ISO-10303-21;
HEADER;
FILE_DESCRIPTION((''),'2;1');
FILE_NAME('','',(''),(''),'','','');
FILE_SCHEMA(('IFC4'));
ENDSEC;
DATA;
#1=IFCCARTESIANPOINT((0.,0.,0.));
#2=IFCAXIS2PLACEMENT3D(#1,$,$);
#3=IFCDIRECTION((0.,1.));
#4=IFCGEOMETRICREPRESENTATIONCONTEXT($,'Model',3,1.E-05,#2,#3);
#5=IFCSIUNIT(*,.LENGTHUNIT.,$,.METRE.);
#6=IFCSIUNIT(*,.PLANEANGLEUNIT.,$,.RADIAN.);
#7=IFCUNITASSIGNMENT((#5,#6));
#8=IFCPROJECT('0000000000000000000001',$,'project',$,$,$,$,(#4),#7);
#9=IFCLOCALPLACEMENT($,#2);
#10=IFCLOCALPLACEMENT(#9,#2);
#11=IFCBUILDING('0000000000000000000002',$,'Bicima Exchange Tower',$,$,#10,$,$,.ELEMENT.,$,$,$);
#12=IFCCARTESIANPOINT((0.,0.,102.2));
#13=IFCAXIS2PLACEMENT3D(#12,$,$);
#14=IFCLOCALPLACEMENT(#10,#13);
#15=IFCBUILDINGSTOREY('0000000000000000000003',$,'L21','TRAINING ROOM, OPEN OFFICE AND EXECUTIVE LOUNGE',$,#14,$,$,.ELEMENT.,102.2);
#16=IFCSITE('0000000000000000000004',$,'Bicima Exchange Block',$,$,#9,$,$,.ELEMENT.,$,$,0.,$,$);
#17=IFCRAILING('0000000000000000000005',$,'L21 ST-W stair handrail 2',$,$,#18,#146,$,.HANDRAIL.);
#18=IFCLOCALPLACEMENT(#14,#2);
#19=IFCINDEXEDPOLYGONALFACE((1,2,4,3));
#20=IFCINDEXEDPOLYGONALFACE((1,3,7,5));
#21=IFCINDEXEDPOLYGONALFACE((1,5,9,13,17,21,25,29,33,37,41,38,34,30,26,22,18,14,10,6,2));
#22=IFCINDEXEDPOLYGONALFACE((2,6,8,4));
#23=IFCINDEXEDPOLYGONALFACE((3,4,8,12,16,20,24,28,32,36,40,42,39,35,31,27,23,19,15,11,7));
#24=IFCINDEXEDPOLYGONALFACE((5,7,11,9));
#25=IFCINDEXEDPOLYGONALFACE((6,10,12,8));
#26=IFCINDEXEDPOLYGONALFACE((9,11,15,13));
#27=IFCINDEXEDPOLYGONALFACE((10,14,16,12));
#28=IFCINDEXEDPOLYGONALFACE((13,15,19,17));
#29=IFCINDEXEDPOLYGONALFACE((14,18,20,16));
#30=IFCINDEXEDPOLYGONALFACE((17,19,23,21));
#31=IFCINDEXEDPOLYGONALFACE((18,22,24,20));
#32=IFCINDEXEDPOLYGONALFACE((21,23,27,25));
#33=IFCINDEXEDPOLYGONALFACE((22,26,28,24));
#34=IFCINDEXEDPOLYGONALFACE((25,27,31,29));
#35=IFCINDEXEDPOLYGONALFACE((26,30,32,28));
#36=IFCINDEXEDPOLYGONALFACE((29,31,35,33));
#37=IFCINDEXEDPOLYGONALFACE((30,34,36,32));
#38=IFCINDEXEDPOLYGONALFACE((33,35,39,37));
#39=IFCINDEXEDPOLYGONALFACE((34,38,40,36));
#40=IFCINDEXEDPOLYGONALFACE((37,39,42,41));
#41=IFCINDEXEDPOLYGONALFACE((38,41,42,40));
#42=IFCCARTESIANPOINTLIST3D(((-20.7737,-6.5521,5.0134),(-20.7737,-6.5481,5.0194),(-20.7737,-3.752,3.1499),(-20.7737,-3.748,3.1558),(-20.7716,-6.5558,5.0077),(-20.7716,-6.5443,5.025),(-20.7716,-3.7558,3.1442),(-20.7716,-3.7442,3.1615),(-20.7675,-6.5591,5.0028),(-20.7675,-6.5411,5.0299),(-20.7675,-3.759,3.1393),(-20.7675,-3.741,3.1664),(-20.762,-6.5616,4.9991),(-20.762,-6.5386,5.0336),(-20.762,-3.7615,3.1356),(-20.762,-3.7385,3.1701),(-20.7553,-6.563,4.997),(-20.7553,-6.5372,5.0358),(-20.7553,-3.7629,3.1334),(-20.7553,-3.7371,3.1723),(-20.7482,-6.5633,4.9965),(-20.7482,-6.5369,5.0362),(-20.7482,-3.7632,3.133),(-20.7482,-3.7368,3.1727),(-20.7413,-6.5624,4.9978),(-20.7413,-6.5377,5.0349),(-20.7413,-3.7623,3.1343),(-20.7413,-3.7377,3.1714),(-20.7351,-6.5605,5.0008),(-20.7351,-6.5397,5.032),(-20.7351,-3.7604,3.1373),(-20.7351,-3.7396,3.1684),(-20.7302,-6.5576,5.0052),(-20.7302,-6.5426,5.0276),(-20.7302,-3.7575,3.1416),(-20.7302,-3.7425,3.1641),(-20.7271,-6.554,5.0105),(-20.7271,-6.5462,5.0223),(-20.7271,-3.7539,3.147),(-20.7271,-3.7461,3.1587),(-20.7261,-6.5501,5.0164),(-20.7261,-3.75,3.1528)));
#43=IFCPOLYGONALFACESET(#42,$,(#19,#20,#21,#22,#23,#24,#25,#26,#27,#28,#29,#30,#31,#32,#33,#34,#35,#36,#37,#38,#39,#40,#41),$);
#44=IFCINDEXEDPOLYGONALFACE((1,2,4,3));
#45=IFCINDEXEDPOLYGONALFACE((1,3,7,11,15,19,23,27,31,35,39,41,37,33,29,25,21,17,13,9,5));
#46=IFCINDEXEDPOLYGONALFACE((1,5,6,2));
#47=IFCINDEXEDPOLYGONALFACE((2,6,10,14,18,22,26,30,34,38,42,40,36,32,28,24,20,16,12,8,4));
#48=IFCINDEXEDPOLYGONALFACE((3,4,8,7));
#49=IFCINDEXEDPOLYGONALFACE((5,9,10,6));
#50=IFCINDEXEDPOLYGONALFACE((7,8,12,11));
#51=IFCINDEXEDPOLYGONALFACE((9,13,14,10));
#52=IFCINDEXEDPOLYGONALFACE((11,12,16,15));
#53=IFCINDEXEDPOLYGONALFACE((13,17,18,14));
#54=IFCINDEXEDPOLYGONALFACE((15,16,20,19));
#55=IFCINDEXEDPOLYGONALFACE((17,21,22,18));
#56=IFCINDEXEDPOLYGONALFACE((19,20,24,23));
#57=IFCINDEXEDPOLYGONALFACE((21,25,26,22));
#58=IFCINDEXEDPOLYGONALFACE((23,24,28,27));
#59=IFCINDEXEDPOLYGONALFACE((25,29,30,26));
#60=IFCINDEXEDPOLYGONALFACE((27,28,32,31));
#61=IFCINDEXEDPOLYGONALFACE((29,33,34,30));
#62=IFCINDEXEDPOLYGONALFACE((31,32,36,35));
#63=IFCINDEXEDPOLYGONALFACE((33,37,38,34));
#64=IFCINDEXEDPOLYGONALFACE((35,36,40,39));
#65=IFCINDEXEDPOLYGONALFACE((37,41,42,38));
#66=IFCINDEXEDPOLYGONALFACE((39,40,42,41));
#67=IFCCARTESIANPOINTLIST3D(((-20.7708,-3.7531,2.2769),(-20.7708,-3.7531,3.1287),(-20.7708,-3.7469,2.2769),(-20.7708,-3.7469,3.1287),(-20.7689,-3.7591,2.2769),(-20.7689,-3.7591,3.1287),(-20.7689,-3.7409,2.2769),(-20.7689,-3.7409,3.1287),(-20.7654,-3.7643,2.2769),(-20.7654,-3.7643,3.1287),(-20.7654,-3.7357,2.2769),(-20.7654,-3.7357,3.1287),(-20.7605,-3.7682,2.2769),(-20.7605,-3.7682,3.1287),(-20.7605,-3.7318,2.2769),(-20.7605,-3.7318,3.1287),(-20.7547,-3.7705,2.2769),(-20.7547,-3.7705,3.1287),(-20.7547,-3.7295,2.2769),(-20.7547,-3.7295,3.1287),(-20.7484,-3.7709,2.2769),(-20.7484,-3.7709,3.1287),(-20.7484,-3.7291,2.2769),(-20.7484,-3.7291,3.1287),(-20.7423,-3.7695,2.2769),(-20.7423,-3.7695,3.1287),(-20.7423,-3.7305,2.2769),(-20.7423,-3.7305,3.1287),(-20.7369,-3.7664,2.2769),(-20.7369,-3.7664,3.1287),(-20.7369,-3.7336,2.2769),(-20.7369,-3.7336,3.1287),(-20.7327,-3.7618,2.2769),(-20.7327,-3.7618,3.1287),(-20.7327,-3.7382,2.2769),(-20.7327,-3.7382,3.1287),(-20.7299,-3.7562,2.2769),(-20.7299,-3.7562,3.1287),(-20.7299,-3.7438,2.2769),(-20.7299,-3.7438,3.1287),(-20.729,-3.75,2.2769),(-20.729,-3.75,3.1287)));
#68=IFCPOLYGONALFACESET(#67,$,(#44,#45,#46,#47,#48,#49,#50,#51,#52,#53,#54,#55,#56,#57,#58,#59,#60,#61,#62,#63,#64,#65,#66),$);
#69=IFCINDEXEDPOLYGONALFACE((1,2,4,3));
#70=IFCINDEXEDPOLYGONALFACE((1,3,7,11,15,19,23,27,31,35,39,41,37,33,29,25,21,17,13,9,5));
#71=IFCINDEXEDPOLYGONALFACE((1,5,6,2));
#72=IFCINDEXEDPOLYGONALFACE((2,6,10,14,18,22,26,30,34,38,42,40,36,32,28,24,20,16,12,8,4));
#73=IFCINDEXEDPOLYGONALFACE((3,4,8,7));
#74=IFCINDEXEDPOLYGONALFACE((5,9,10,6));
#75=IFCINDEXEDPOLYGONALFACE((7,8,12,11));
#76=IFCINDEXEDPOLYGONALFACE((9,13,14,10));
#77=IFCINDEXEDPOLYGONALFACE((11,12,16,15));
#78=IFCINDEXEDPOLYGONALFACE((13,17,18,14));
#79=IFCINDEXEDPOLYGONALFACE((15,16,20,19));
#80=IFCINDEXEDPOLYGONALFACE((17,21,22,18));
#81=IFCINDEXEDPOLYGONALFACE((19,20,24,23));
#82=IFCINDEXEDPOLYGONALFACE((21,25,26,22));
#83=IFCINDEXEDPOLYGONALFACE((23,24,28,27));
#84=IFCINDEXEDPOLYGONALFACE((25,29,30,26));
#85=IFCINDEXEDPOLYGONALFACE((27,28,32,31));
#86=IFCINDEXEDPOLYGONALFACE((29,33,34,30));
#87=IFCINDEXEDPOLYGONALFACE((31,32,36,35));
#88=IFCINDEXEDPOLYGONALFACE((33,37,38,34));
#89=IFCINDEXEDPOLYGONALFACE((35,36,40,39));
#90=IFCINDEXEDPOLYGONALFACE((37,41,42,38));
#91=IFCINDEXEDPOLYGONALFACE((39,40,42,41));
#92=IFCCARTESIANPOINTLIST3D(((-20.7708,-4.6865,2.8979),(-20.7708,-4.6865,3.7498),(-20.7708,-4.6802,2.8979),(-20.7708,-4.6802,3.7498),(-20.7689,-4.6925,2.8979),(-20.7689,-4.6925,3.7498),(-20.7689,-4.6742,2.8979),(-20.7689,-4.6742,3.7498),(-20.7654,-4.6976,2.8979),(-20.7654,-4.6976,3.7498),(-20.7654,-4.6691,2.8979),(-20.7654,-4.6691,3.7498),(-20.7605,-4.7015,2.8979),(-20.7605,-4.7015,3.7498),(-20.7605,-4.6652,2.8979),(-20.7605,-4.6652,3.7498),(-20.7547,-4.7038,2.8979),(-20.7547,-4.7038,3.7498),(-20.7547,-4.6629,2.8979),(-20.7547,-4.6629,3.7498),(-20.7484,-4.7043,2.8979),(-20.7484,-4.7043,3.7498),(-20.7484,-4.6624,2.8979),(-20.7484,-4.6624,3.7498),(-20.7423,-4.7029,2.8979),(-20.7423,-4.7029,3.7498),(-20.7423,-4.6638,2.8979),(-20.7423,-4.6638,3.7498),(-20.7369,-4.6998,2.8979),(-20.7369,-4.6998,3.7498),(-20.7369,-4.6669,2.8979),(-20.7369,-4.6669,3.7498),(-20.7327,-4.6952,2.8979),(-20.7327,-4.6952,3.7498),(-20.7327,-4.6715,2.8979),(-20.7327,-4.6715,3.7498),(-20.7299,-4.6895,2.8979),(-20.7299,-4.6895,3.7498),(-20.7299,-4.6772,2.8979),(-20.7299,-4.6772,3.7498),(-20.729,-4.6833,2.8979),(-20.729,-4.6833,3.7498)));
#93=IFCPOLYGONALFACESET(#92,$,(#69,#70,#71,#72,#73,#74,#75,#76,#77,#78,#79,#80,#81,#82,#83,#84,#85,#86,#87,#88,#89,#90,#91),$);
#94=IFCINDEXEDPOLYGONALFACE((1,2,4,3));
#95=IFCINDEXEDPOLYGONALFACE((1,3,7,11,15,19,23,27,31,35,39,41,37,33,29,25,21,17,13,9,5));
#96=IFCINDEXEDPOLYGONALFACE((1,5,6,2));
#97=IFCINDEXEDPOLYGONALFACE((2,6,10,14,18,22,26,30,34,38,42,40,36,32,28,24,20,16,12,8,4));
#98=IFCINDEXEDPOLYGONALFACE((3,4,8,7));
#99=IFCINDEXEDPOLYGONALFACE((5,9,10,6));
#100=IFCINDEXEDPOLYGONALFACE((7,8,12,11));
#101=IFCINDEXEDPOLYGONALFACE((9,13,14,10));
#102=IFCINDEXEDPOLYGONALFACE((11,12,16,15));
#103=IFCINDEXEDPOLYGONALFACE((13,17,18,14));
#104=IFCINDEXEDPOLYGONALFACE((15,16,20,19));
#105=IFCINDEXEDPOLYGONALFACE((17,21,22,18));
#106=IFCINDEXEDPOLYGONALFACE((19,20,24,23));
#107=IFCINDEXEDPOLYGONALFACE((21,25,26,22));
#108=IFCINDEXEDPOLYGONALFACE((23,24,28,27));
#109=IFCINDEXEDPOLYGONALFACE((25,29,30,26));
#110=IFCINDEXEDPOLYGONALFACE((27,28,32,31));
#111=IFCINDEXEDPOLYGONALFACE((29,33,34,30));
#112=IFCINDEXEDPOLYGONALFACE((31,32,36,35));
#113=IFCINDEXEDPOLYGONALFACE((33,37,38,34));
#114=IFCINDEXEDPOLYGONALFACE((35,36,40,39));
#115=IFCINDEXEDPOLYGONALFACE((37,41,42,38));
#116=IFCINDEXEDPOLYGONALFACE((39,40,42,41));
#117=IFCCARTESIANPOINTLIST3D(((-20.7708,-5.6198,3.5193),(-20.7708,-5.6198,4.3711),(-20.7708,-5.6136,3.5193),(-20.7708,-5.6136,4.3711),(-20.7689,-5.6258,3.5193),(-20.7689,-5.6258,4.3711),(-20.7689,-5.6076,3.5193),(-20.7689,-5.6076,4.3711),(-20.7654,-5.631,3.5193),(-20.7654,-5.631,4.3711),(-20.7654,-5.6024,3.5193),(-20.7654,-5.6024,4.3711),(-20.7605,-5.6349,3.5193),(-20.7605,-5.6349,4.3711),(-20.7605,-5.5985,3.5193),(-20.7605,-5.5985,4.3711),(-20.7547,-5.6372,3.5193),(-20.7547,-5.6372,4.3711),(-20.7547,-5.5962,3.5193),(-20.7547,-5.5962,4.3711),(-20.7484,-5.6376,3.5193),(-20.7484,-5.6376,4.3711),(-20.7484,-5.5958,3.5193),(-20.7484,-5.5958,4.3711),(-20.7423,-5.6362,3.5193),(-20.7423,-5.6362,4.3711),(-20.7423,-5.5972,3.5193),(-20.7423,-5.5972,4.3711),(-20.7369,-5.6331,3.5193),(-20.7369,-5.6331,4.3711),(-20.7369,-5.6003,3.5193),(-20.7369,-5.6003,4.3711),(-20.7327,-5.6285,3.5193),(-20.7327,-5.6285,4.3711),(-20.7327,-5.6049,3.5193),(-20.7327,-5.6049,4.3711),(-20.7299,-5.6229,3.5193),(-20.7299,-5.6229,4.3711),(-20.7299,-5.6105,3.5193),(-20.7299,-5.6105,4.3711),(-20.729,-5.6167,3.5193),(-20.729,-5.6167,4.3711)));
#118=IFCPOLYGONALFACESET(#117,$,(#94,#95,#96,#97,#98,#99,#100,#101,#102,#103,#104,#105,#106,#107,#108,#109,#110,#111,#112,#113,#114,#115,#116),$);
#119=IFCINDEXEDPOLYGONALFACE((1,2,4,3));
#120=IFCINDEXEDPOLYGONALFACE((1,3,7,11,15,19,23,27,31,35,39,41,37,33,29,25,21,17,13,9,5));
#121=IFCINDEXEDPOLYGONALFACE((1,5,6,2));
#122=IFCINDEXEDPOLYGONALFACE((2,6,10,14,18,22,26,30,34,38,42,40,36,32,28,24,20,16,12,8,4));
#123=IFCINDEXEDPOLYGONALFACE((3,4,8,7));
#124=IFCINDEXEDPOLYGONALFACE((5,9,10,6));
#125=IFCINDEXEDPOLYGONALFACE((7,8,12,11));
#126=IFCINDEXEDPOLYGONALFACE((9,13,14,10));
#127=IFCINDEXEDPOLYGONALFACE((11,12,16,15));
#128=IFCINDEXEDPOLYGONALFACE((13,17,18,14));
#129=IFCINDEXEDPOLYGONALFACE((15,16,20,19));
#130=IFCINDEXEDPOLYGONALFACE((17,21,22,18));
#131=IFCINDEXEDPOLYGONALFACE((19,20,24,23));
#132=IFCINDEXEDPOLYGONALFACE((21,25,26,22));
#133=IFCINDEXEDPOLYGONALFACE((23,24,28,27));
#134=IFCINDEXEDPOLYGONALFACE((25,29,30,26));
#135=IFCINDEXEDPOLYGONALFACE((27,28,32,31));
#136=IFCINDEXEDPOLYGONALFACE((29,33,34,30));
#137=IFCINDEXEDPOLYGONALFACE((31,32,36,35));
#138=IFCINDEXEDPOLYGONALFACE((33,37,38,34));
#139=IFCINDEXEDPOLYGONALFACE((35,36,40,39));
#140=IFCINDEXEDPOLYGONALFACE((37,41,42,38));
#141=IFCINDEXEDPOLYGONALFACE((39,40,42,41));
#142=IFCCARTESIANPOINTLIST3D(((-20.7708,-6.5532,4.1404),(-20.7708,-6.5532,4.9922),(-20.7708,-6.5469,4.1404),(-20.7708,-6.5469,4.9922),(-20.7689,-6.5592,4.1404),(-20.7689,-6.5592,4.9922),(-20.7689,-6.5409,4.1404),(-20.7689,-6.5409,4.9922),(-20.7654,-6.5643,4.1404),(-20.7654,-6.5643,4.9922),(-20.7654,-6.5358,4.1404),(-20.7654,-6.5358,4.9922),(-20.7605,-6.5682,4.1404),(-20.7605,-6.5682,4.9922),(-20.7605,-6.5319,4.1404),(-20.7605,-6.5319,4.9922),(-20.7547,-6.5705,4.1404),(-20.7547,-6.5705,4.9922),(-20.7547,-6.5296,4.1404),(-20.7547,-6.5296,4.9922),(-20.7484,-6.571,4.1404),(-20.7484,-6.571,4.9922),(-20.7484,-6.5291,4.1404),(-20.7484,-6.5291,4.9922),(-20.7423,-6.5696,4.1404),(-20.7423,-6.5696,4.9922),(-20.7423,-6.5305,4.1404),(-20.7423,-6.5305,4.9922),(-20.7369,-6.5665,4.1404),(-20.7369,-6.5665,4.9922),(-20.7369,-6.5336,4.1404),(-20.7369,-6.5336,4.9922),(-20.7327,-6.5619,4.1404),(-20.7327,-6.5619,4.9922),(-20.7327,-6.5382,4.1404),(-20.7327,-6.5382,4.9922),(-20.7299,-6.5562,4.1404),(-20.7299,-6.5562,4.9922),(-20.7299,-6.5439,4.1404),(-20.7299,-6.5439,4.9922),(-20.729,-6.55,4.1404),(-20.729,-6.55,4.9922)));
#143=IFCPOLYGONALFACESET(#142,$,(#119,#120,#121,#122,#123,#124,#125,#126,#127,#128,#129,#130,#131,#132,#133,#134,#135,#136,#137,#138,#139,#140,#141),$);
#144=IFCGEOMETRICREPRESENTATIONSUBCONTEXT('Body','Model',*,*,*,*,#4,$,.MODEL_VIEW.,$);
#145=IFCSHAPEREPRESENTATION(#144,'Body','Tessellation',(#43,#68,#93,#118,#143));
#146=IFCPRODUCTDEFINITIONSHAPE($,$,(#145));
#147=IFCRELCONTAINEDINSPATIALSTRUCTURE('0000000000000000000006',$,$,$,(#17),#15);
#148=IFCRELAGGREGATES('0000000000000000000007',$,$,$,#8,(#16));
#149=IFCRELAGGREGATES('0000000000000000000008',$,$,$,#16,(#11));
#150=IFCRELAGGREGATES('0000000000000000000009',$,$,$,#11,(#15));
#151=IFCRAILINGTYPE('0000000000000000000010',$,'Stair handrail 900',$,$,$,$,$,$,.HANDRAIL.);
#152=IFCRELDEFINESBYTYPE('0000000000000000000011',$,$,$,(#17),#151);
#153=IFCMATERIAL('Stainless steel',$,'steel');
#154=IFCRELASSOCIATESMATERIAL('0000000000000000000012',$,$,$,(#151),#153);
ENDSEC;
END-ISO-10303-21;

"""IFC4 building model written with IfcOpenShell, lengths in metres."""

from ifc_helpers import new_model, si_unit, direction, frame, origin, origin_2d, place, context, subcontext, project, spatial, circle, extrude, material, type_object, element, save


model = new_model("IFC4")

# Units and contexts
model_context = context("Model", 3, precision=1e-05, world=origin(), true_north=direction((0.0, 1.0)))
body_context = subcontext(model_context, "Body", "Model", "MODEL_VIEW")
ifc_project = project(units=[si_unit("LENGTHUNIT", "METRE"), si_unit("PLANEANGLEUNIT", "RADIAN")], contexts=[model_context])

# Site, building, storey
site_placement = place(None, origin())
site = spatial("IfcSite", under=ifc_project, at=site_placement, Name="Bicima Exchange Block", CompositionType="ELEMENT", RefElevation=0.0)
building_placement = place(site_placement, origin())
building = spatial("IfcBuilding", under=site, at=building_placement, Name="Bicima Exchange Tower", CompositionType="ELEMENT")
storey_placement = place(building_placement, frame((0.0, 0.0, 102.2)))
storey = spatial("IfcBuildingStorey", under=building, at=storey_placement, Name="L21", Description="TRAINING ROOM, OPEN OFFICE AND EXECUTIVE LOUNGE", CompositionType="ELEMENT", Elevation=102.2)

# Shared definitions
ifc_material_1 = material(Name="Stainless steel", Category="steel")

# Railing
railing_type_1 = type_object("IfcRailingType", Name="Stair handrail 900", PredefinedType="HANDRAIL", material=ifc_material_1)
railing_1_placement = place(storey_placement, frame((-20.75, -3.75, 2.2769)))
element("IfcRailing", 1, at=railing_1_placement, inside=storey, type_object=railing_type_1, Name="L21 ST-W stair handrail 2", PredefinedType="HANDRAIL", context=body_context, shape_type="SweptSolid", body=[
    extrude(circle(Radius=0.0239, at=origin_2d()), frame((0.0, 0.0, 0.876), z_axis=(0.0, -0.832486, 0.554047), x_axis=(1.0, 0.0, 0.0)), (0.0, 0.0, 1.0), 3.3635),
    extrude(circle(Radius=0.021, at=origin_2d()), origin(), (0.0, 0.0, 1.0), 0.8518),
    extrude(circle(Radius=0.021, at=origin_2d()), frame((0.0, -0.9333, 0.6211)), (0.0, 0.0, 1.0), 0.8518),
    extrude(circle(Radius=0.021, at=origin_2d()), frame((0.0, -1.8667, 1.2424)), (0.0, 0.0, 1.0), 0.8518),
    extrude(circle(Radius=0.021, at=origin_2d()), frame((0.0, -2.8, 1.8635)), (0.0, 0.0, 1.0), 0.8518),
])

save(model, "model.ifc")
